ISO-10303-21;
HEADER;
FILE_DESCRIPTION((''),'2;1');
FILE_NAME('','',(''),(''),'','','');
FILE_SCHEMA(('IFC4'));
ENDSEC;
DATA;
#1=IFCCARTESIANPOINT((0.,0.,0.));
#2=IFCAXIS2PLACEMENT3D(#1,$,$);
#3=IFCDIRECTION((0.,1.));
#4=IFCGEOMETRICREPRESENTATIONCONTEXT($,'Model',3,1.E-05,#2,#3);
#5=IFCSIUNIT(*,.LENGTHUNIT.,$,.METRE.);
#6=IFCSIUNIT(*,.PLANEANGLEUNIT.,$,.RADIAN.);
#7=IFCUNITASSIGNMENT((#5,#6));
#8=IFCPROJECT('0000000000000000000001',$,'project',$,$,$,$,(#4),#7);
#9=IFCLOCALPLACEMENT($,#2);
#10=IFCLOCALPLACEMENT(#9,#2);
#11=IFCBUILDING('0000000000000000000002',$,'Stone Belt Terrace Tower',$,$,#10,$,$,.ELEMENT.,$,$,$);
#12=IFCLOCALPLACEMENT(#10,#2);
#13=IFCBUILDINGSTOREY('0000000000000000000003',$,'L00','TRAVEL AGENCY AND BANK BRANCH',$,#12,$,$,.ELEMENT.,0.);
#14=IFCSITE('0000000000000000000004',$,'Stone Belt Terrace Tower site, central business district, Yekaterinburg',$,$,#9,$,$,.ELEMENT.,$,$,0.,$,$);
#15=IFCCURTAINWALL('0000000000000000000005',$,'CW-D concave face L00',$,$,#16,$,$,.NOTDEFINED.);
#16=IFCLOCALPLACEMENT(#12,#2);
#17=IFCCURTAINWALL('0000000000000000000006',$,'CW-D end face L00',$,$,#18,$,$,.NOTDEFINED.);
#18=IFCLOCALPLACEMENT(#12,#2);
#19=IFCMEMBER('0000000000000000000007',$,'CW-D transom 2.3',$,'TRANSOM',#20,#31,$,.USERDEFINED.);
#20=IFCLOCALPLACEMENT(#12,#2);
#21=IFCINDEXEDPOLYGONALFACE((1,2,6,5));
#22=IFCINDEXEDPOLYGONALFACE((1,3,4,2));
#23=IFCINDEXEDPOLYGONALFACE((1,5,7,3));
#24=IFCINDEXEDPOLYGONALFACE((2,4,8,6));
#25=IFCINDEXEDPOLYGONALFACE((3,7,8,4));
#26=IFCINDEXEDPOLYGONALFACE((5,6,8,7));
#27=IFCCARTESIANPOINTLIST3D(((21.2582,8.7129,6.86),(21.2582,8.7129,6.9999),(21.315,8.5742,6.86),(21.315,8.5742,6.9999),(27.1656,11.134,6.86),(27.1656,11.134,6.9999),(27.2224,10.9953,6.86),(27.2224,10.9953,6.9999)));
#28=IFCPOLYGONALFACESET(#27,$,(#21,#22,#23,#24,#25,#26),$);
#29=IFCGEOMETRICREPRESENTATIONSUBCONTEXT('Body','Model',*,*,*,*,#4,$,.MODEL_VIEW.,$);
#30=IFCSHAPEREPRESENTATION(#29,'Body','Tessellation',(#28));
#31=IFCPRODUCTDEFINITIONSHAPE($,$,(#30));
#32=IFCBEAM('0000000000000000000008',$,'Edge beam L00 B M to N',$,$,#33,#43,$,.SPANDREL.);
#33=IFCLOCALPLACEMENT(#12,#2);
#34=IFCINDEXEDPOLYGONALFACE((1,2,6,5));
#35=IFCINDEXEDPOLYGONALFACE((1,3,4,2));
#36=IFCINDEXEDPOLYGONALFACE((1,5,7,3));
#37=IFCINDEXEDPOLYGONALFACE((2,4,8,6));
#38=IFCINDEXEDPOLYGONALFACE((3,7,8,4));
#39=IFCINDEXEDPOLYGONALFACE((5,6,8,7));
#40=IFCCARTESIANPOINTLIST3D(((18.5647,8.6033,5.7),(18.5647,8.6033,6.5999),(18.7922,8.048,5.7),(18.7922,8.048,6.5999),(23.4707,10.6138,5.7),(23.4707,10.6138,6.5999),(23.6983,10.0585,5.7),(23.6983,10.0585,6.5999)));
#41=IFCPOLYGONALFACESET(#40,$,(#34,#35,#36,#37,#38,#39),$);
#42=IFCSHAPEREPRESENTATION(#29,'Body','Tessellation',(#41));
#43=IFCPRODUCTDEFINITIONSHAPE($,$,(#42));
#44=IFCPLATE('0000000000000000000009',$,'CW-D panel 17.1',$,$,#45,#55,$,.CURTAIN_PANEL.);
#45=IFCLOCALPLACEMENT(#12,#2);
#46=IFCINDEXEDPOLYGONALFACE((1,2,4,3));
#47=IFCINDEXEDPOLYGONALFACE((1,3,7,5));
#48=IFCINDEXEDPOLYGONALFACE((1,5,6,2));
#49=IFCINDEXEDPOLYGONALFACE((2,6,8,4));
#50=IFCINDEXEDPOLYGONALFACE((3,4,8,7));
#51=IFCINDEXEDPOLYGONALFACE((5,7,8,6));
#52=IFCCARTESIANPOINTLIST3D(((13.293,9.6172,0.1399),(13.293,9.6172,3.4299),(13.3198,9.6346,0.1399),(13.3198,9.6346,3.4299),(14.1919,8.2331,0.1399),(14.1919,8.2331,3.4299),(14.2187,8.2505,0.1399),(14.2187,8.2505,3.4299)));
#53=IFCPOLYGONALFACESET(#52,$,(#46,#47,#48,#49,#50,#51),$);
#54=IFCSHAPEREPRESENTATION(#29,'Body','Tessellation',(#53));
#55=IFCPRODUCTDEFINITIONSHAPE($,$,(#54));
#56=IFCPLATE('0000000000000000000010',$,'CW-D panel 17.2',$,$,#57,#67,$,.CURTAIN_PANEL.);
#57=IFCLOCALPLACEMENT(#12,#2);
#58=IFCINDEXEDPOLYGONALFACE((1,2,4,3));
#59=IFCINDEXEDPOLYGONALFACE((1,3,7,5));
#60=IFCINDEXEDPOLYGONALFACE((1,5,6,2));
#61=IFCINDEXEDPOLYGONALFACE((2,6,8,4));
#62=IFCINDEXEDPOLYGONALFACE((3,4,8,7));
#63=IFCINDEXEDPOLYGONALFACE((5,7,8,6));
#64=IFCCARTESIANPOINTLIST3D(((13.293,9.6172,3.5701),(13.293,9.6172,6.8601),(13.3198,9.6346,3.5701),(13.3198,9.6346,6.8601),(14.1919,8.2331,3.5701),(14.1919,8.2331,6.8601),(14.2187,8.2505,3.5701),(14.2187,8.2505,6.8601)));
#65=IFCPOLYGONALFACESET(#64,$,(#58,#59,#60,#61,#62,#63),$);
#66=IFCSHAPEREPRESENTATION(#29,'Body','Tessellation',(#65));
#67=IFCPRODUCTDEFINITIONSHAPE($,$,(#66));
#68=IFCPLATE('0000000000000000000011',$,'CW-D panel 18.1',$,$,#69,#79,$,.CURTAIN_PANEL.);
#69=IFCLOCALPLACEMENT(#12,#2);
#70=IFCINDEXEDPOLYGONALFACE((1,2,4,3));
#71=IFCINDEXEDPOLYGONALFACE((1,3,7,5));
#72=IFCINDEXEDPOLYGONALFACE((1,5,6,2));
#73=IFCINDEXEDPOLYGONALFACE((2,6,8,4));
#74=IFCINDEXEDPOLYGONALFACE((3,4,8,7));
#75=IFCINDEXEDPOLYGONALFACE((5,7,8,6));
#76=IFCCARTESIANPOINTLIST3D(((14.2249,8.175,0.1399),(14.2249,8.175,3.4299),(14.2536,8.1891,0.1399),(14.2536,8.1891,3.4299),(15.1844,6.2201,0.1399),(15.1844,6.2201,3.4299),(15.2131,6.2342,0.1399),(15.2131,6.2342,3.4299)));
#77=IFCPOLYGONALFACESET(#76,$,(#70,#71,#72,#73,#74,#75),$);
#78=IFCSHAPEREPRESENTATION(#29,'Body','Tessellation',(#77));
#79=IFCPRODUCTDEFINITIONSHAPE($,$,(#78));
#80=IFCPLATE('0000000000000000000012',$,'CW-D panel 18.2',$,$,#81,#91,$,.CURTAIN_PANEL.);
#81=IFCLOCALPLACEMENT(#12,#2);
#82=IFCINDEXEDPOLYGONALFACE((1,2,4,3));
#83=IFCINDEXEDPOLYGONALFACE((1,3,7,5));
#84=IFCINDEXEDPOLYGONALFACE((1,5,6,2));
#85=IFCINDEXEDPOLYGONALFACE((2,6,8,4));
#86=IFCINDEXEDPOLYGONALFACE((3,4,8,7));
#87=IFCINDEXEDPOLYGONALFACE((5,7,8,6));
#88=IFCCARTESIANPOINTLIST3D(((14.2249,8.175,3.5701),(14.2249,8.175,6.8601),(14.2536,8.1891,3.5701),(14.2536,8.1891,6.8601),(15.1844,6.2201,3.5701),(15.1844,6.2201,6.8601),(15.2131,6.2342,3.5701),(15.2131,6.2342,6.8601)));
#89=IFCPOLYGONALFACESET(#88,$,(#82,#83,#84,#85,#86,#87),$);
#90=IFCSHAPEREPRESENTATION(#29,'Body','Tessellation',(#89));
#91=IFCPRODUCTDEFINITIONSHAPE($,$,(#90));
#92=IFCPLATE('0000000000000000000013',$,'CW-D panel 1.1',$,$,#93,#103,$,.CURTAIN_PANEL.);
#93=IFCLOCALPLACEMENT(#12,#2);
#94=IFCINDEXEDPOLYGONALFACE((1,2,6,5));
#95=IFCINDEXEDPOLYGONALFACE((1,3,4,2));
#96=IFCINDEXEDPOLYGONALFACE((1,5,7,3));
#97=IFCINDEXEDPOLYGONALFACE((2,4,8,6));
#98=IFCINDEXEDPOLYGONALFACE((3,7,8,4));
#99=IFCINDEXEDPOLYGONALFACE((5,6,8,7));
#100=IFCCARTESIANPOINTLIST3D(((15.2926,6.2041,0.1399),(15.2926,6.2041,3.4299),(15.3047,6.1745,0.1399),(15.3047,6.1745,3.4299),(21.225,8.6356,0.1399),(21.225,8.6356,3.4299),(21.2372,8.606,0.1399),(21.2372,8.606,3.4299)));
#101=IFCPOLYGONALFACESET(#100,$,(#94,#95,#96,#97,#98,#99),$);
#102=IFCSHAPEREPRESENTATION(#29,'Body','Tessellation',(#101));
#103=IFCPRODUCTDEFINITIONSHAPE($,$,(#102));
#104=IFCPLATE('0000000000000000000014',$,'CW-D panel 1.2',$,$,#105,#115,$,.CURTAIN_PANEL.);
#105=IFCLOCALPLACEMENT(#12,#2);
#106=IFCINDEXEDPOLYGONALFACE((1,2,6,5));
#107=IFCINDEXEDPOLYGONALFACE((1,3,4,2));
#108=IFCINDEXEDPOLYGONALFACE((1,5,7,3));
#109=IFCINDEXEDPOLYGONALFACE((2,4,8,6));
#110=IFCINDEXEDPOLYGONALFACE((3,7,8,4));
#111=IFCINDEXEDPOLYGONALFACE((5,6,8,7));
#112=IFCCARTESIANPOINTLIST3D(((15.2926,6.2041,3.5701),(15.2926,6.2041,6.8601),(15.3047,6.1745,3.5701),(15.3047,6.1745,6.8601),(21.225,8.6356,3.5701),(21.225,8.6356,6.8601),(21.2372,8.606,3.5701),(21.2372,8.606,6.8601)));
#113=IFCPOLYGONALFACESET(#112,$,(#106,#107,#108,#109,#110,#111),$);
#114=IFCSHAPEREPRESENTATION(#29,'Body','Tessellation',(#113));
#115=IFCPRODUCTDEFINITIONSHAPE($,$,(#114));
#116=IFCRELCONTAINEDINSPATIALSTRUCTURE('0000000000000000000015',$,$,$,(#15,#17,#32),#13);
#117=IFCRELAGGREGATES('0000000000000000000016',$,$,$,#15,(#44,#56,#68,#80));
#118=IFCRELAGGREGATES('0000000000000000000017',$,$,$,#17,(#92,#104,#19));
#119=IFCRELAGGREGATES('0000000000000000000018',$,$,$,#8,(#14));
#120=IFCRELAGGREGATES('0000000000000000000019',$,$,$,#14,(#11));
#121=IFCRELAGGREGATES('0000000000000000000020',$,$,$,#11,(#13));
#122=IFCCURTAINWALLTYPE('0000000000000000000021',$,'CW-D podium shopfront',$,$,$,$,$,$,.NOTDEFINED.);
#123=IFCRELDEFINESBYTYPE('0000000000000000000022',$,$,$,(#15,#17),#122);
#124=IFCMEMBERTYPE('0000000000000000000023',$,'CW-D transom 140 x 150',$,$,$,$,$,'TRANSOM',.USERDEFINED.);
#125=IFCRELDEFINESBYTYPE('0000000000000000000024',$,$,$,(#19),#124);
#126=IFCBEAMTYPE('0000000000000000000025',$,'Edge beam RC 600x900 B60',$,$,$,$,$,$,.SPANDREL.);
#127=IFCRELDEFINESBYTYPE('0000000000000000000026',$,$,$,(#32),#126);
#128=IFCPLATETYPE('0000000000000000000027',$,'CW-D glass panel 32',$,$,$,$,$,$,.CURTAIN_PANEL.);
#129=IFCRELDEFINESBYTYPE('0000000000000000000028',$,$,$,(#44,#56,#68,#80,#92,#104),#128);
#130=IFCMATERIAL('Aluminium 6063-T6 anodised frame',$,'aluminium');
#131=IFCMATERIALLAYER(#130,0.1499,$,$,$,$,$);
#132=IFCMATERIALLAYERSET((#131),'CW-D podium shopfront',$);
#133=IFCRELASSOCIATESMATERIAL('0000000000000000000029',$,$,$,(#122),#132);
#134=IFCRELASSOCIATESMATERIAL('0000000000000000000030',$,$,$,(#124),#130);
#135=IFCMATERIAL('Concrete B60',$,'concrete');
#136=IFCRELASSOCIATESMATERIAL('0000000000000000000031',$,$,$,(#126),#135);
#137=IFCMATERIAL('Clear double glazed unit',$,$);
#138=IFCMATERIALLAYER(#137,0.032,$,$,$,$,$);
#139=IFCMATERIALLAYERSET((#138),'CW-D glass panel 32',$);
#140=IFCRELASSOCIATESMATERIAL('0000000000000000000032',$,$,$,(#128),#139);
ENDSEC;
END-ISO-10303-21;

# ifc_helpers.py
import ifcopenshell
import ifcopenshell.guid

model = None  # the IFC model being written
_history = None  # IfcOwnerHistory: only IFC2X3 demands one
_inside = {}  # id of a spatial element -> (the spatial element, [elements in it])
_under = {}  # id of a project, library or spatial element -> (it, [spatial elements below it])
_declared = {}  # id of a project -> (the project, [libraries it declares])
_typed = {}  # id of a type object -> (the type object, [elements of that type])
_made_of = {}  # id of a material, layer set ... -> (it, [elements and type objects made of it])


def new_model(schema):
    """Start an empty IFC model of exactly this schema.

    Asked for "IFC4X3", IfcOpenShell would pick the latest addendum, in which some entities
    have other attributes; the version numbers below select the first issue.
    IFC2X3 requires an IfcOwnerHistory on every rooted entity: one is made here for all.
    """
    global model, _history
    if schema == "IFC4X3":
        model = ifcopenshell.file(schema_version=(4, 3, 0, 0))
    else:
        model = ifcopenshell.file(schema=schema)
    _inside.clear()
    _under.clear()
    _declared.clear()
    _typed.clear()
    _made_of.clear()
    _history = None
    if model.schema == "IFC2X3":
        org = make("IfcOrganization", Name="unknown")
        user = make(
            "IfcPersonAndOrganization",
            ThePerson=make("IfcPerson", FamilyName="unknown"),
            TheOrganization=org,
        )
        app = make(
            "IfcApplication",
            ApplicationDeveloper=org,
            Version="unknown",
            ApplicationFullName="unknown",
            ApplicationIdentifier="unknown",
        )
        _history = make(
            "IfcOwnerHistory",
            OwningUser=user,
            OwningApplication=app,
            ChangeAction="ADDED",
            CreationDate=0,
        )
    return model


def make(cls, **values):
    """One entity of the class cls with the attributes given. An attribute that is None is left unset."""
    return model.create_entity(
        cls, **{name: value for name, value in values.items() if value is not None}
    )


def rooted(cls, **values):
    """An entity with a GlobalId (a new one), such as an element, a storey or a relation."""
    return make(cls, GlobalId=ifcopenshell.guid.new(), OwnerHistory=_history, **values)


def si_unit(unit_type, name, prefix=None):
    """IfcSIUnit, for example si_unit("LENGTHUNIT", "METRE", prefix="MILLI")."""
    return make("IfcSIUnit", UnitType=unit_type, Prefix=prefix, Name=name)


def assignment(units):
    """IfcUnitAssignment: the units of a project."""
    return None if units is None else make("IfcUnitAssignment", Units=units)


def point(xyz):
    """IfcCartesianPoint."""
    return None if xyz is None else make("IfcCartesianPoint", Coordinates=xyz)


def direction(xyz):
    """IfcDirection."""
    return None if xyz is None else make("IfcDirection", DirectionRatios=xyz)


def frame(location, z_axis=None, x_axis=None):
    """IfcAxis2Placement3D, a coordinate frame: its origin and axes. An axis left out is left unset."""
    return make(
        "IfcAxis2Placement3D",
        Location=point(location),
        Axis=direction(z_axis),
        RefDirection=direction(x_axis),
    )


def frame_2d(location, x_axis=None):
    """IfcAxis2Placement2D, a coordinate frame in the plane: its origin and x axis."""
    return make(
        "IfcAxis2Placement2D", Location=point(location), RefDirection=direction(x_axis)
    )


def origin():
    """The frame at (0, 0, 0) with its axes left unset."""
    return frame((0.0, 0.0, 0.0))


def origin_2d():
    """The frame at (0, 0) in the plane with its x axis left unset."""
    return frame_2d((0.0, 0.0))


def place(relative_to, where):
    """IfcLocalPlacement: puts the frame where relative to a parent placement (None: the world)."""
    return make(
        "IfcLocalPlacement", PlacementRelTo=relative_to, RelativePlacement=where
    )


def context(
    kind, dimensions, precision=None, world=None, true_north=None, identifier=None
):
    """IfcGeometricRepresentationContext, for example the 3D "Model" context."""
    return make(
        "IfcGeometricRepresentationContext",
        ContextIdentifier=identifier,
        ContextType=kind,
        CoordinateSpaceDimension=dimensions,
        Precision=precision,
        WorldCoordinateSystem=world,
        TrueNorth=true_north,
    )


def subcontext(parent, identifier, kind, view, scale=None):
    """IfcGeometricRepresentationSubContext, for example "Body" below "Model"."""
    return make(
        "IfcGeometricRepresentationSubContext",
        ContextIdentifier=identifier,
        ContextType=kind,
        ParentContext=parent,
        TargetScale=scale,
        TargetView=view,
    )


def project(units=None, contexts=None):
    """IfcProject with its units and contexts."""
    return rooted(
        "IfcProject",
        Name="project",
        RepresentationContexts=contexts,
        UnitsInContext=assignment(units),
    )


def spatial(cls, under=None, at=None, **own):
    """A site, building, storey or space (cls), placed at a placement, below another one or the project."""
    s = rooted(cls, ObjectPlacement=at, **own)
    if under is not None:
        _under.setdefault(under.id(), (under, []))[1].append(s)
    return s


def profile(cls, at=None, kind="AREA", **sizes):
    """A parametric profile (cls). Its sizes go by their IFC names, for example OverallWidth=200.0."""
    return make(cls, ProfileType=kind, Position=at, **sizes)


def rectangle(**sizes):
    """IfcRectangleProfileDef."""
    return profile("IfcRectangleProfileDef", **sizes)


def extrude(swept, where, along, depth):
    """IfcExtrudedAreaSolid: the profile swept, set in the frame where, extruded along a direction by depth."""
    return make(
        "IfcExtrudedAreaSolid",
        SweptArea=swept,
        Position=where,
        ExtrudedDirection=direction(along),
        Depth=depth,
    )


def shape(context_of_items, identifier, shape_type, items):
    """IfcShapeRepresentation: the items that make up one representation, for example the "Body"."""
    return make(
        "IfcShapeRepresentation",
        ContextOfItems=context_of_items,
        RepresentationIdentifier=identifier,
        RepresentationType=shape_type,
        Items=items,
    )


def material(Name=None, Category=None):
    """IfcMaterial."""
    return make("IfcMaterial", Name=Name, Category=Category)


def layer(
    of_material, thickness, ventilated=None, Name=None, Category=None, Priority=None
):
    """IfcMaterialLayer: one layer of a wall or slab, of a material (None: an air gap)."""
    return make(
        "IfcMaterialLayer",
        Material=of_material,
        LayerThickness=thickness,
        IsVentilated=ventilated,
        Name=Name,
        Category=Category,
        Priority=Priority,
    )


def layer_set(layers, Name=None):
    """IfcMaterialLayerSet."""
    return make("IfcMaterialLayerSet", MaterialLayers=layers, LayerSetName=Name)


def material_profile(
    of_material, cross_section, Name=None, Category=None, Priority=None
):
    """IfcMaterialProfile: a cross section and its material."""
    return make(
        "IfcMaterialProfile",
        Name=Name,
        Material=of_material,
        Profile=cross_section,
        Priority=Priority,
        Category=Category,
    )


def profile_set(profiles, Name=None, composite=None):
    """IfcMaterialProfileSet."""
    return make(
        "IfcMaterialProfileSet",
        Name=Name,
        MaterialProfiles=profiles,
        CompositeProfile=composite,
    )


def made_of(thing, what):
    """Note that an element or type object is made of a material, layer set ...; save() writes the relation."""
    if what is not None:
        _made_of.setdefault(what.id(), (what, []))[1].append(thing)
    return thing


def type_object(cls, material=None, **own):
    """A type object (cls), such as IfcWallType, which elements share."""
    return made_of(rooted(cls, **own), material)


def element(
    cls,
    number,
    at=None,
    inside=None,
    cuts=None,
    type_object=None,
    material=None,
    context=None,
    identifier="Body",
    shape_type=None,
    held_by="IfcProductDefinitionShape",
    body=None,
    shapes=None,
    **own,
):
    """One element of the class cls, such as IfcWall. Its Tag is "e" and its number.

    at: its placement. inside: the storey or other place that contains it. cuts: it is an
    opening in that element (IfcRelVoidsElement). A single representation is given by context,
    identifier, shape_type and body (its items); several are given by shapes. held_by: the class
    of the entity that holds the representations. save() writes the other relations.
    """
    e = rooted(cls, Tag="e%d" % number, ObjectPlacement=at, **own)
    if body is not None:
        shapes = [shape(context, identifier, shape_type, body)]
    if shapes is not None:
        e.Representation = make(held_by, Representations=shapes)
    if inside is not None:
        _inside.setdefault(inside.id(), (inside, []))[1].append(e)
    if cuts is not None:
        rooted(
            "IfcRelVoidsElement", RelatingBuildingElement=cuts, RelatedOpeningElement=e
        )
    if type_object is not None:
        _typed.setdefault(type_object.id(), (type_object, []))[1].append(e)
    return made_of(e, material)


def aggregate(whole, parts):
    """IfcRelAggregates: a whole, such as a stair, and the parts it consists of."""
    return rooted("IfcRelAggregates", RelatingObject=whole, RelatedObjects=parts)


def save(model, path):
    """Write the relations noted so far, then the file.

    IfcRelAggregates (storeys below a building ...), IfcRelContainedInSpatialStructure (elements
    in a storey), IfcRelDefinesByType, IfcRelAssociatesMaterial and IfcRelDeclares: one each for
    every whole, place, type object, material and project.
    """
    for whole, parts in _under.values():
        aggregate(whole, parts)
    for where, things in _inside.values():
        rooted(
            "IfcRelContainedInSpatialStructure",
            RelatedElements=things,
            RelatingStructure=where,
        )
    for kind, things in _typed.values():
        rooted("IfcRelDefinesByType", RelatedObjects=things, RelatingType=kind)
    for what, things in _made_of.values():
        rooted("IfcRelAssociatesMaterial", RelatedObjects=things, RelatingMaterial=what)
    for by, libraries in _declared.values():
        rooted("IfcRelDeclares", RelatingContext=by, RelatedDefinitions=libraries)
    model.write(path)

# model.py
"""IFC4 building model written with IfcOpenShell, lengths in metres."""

from ifc_helpers import new_model, si_unit, direction, frame, origin, origin_2d, place, context, subcontext, project, spatial, rectangle, extrude, material, layer, layer_set, material_profile, profile_set, type_object, element, aggregate, save


model = new_model("IFC4")

# Units and contexts
model_context = context("Model", 3, precision=1e-05, world=origin(), true_north=direction((0.0, 1.0)))
body_context = subcontext(model_context, "Body", "Model", "MODEL_VIEW")
ifc_project = project(units=[si_unit("LENGTHUNIT", "METRE"), si_unit("PLANEANGLEUNIT", "RADIAN")], contexts=[model_context])

# Site, building, storey
site_placement = place(None, origin())
site = spatial("IfcSite", under=ifc_project, at=site_placement, Name="Stone Belt Terrace Tower site, central business district, Yekaterinburg", CompositionType="ELEMENT", RefElevation=0.0)
building_placement = place(site_placement, origin())
building = spatial("IfcBuilding", under=site, at=building_placement, Name="Stone Belt Terrace Tower", CompositionType="ELEMENT")
storey_placement = place(building_placement, origin())
storey = spatial("IfcBuildingStorey", under=building, at=storey_placement, Name="L00", Description="TRAVEL AGENCY AND BANK BRANCH", CompositionType="ELEMENT", Elevation=0.0)

# Shared definitions
ifc_material_1 = material(Name="Concrete B60", Category="concrete")

# Curtain wall
ifc_material_2 = material(Name="Aluminium 6063-T6 anodised frame", Category="aluminium")
ifc_layer_1 = layer(ifc_material_2, 0.1499)
ifc_layer_set_1 = layer_set([ifc_layer_1], Name="CW-D podium shopfront")
curtain_wall_type = type_object("IfcCurtainWallType", Name="CW-D podium shopfront", PredefinedType="NOTDEFINED", material=ifc_layer_set_1)
curtain_wall_1_placement = place(storey_placement, origin())
curtain_wall_1 = element("IfcCurtainWall", 1, at=curtain_wall_1_placement, inside=storey, type_object=curtain_wall_type, Name="CW-D concave face L00", PredefinedType="NOTDEFINED")

# Curtain wall
curtain_wall_2_placement = place(storey_placement, origin())
curtain_wall_2 = element("IfcCurtainWall", 2, at=curtain_wall_2_placement, inside=storey, type_object=curtain_wall_type, Name="CW-D end face L00", PredefinedType="NOTDEFINED")

# Member
ifc_material_profile_1 = material_profile(ifc_material_2, rectangle(XDim=0.1499, YDim=0.1399, at=origin_2d()), Name="Aluminium 6063-T6 150x140")
ifc_profile_set_1 = profile_set([ifc_material_profile_1], Name="Aluminium 6063-T6 anodised frame")
member_type_1 = type_object("IfcMemberType", Name="CW-D transom 140 x 150", ElementType="TRANSOM", PredefinedType="USERDEFINED", material=ifc_profile_set_1)
member_1_placement = place(storey_placement, frame((21.2866, 8.6436, 6.9299), z_axis=(0.925302, 0.37923, 0.0), x_axis=(-0.37923, 0.925302, 0.0)))
member_1 = element("IfcMember", 3, at=member_1_placement, type_object=member_type_1, Name="CW-D transom 2.3", ObjectType="TRANSOM", PredefinedType="USERDEFINED", context=body_context, shape_type="SweptSolid", body=[
    extrude(rectangle(XDim=0.1499, YDim=0.1399, at=origin_2d()), origin(), (0.0, 0.0, 1.0), 6.3843),
])

# Beam
ifc_material_profile_2 = material_profile(ifc_material_1, rectangle(XDim=0.6001, YDim=0.8999, at=origin_2d()), Name="RC 600x900")
ifc_profile_set_2 = profile_set([ifc_material_profile_2], Name="Concrete B60")
beam_type = type_object("IfcBeamType", Name="Edge beam RC 600x900 B60", PredefinedType="SPANDREL", material=ifc_profile_set_2)
beam_placement = place(storey_placement, frame((18.6785, 8.3257, 6.1499), z_axis=(0.925316, 0.379198, 0.0), x_axis=(-0.379198, 0.925316, 0.0)))
element("IfcBeam", 4, at=beam_placement, inside=storey, type_object=beam_type, Name="Edge beam L00 B M to N", PredefinedType="SPANDREL", context=body_context, shape_type="SweptSolid", body=[
    extrude(rectangle(XDim=0.6001, YDim=0.8999, at=origin_2d()), origin(), (0.0, 0.0, 1.0), 5.302),
])

# Plates
ifc_material_3 = material(Name="Clear double glazed unit")
ifc_layer_2 = layer(ifc_material_3, 0.032)
ifc_layer_set_2 = layer_set([ifc_layer_2], Name="CW-D glass panel 32")
plate_type = type_object("IfcPlateType", Name="CW-D glass panel 32", PredefinedType="CURTAIN_PANEL", material=ifc_layer_set_2)
plate_1_placement = place(storey_placement, frame((13.7559, 8.9338, 0.1399), z_axis=(0.0, 0.0, 1.0), x_axis=(0.544639, -0.838671, 0.0)))
plate_1 = element("IfcPlate", 5, at=plate_1_placement, type_object=plate_type, Name="CW-D panel 17.1", PredefinedType="CURTAIN_PANEL", context=body_context, shape_type="SweptSolid", body=[
    extrude(rectangle(XDim=1.6504, YDim=0.032, at=origin_2d()), origin(), (0.0, 0.0, 1.0), 3.29),
])
plate_2_placement = place(storey_placement, frame((13.7559, 8.9338, 3.5701), z_axis=(0.0, 0.0, 1.0), x_axis=(0.544639, -0.838671, 0.0)))
plate_2 = element("IfcPlate", 6, at=plate_2_placement, type_object=plate_type, Name="CW-D panel 17.2", PredefinedType="CURTAIN_PANEL", context=body_context, shape_type="SweptSolid", body=[
    extrude(rectangle(XDim=1.6504, YDim=0.032, at=origin_2d()), origin(), (0.0, 0.0, 1.0), 3.29),
])
plate_3_placement = place(storey_placement, frame((14.719, 7.2046, 0.1399), z_axis=(0.0, 0.0, 1.0), x_axis=(0.440619, -0.897694, 0.0)))
plate_3 = element("IfcPlate", 7, at=plate_3_placement, type_object=plate_type, Name="CW-D panel 18.1", PredefinedType="CURTAIN_PANEL", context=body_context, shape_type="SweptSolid", body=[
    extrude(rectangle(XDim=2.1777, YDim=0.032, at=origin_2d()), origin(), (0.0, 0.0, 1.0), 3.29),
])
plate_4_placement = place(storey_placement, frame((14.719, 7.2046, 3.5701), z_axis=(0.0, 0.0, 1.0), x_axis=(0.440619, -0.897694, 0.0)))
plate_4 = element("IfcPlate", 8, at=plate_4_placement, type_object=plate_type, Name="CW-D panel 18.2", PredefinedType="CURTAIN_PANEL", context=body_context, shape_type="SweptSolid", body=[
    extrude(rectangle(XDim=2.1777, YDim=0.032, at=origin_2d()), origin(), (0.0, 0.0, 1.0), 3.29),
])
aggregate(curtain_wall_1, [plate_1, plate_2, plate_3, plate_4])
plate_5_placement = place(storey_placement, frame((18.2649, 7.405, 0.1399), z_axis=(0.0, 0.0, 1.0), x_axis=(0.925297, 0.379243, 0.0)))
plate_5 = element("IfcPlate", 9, at=plate_5_placement, type_object=plate_type, Name="CW-D panel 1.1", PredefinedType="CURTAIN_PANEL", context=body_context, shape_type="SweptSolid", body=[
    extrude(rectangle(XDim=6.4114, YDim=0.032, at=origin_2d()), origin(), (0.0, 0.0, 1.0), 3.29),
])
plate_6_placement = place(storey_placement, frame((18.2649, 7.405, 3.5701), z_axis=(0.0, 0.0, 1.0), x_axis=(0.925297, 0.379243, 0.0)))
plate_6 = element("IfcPlate", 10, at=plate_6_placement, type_object=plate_type, Name="CW-D panel 1.2", PredefinedType="CURTAIN_PANEL", context=body_context, shape_type="SweptSolid", body=[
    extrude(rectangle(XDim=6.4114, YDim=0.032, at=origin_2d()), origin(), (0.0, 0.0, 1.0), 3.29),
])
aggregate(curtain_wall_2, [plate_5, plate_6, member_1])

save(model, "model.ifc")
